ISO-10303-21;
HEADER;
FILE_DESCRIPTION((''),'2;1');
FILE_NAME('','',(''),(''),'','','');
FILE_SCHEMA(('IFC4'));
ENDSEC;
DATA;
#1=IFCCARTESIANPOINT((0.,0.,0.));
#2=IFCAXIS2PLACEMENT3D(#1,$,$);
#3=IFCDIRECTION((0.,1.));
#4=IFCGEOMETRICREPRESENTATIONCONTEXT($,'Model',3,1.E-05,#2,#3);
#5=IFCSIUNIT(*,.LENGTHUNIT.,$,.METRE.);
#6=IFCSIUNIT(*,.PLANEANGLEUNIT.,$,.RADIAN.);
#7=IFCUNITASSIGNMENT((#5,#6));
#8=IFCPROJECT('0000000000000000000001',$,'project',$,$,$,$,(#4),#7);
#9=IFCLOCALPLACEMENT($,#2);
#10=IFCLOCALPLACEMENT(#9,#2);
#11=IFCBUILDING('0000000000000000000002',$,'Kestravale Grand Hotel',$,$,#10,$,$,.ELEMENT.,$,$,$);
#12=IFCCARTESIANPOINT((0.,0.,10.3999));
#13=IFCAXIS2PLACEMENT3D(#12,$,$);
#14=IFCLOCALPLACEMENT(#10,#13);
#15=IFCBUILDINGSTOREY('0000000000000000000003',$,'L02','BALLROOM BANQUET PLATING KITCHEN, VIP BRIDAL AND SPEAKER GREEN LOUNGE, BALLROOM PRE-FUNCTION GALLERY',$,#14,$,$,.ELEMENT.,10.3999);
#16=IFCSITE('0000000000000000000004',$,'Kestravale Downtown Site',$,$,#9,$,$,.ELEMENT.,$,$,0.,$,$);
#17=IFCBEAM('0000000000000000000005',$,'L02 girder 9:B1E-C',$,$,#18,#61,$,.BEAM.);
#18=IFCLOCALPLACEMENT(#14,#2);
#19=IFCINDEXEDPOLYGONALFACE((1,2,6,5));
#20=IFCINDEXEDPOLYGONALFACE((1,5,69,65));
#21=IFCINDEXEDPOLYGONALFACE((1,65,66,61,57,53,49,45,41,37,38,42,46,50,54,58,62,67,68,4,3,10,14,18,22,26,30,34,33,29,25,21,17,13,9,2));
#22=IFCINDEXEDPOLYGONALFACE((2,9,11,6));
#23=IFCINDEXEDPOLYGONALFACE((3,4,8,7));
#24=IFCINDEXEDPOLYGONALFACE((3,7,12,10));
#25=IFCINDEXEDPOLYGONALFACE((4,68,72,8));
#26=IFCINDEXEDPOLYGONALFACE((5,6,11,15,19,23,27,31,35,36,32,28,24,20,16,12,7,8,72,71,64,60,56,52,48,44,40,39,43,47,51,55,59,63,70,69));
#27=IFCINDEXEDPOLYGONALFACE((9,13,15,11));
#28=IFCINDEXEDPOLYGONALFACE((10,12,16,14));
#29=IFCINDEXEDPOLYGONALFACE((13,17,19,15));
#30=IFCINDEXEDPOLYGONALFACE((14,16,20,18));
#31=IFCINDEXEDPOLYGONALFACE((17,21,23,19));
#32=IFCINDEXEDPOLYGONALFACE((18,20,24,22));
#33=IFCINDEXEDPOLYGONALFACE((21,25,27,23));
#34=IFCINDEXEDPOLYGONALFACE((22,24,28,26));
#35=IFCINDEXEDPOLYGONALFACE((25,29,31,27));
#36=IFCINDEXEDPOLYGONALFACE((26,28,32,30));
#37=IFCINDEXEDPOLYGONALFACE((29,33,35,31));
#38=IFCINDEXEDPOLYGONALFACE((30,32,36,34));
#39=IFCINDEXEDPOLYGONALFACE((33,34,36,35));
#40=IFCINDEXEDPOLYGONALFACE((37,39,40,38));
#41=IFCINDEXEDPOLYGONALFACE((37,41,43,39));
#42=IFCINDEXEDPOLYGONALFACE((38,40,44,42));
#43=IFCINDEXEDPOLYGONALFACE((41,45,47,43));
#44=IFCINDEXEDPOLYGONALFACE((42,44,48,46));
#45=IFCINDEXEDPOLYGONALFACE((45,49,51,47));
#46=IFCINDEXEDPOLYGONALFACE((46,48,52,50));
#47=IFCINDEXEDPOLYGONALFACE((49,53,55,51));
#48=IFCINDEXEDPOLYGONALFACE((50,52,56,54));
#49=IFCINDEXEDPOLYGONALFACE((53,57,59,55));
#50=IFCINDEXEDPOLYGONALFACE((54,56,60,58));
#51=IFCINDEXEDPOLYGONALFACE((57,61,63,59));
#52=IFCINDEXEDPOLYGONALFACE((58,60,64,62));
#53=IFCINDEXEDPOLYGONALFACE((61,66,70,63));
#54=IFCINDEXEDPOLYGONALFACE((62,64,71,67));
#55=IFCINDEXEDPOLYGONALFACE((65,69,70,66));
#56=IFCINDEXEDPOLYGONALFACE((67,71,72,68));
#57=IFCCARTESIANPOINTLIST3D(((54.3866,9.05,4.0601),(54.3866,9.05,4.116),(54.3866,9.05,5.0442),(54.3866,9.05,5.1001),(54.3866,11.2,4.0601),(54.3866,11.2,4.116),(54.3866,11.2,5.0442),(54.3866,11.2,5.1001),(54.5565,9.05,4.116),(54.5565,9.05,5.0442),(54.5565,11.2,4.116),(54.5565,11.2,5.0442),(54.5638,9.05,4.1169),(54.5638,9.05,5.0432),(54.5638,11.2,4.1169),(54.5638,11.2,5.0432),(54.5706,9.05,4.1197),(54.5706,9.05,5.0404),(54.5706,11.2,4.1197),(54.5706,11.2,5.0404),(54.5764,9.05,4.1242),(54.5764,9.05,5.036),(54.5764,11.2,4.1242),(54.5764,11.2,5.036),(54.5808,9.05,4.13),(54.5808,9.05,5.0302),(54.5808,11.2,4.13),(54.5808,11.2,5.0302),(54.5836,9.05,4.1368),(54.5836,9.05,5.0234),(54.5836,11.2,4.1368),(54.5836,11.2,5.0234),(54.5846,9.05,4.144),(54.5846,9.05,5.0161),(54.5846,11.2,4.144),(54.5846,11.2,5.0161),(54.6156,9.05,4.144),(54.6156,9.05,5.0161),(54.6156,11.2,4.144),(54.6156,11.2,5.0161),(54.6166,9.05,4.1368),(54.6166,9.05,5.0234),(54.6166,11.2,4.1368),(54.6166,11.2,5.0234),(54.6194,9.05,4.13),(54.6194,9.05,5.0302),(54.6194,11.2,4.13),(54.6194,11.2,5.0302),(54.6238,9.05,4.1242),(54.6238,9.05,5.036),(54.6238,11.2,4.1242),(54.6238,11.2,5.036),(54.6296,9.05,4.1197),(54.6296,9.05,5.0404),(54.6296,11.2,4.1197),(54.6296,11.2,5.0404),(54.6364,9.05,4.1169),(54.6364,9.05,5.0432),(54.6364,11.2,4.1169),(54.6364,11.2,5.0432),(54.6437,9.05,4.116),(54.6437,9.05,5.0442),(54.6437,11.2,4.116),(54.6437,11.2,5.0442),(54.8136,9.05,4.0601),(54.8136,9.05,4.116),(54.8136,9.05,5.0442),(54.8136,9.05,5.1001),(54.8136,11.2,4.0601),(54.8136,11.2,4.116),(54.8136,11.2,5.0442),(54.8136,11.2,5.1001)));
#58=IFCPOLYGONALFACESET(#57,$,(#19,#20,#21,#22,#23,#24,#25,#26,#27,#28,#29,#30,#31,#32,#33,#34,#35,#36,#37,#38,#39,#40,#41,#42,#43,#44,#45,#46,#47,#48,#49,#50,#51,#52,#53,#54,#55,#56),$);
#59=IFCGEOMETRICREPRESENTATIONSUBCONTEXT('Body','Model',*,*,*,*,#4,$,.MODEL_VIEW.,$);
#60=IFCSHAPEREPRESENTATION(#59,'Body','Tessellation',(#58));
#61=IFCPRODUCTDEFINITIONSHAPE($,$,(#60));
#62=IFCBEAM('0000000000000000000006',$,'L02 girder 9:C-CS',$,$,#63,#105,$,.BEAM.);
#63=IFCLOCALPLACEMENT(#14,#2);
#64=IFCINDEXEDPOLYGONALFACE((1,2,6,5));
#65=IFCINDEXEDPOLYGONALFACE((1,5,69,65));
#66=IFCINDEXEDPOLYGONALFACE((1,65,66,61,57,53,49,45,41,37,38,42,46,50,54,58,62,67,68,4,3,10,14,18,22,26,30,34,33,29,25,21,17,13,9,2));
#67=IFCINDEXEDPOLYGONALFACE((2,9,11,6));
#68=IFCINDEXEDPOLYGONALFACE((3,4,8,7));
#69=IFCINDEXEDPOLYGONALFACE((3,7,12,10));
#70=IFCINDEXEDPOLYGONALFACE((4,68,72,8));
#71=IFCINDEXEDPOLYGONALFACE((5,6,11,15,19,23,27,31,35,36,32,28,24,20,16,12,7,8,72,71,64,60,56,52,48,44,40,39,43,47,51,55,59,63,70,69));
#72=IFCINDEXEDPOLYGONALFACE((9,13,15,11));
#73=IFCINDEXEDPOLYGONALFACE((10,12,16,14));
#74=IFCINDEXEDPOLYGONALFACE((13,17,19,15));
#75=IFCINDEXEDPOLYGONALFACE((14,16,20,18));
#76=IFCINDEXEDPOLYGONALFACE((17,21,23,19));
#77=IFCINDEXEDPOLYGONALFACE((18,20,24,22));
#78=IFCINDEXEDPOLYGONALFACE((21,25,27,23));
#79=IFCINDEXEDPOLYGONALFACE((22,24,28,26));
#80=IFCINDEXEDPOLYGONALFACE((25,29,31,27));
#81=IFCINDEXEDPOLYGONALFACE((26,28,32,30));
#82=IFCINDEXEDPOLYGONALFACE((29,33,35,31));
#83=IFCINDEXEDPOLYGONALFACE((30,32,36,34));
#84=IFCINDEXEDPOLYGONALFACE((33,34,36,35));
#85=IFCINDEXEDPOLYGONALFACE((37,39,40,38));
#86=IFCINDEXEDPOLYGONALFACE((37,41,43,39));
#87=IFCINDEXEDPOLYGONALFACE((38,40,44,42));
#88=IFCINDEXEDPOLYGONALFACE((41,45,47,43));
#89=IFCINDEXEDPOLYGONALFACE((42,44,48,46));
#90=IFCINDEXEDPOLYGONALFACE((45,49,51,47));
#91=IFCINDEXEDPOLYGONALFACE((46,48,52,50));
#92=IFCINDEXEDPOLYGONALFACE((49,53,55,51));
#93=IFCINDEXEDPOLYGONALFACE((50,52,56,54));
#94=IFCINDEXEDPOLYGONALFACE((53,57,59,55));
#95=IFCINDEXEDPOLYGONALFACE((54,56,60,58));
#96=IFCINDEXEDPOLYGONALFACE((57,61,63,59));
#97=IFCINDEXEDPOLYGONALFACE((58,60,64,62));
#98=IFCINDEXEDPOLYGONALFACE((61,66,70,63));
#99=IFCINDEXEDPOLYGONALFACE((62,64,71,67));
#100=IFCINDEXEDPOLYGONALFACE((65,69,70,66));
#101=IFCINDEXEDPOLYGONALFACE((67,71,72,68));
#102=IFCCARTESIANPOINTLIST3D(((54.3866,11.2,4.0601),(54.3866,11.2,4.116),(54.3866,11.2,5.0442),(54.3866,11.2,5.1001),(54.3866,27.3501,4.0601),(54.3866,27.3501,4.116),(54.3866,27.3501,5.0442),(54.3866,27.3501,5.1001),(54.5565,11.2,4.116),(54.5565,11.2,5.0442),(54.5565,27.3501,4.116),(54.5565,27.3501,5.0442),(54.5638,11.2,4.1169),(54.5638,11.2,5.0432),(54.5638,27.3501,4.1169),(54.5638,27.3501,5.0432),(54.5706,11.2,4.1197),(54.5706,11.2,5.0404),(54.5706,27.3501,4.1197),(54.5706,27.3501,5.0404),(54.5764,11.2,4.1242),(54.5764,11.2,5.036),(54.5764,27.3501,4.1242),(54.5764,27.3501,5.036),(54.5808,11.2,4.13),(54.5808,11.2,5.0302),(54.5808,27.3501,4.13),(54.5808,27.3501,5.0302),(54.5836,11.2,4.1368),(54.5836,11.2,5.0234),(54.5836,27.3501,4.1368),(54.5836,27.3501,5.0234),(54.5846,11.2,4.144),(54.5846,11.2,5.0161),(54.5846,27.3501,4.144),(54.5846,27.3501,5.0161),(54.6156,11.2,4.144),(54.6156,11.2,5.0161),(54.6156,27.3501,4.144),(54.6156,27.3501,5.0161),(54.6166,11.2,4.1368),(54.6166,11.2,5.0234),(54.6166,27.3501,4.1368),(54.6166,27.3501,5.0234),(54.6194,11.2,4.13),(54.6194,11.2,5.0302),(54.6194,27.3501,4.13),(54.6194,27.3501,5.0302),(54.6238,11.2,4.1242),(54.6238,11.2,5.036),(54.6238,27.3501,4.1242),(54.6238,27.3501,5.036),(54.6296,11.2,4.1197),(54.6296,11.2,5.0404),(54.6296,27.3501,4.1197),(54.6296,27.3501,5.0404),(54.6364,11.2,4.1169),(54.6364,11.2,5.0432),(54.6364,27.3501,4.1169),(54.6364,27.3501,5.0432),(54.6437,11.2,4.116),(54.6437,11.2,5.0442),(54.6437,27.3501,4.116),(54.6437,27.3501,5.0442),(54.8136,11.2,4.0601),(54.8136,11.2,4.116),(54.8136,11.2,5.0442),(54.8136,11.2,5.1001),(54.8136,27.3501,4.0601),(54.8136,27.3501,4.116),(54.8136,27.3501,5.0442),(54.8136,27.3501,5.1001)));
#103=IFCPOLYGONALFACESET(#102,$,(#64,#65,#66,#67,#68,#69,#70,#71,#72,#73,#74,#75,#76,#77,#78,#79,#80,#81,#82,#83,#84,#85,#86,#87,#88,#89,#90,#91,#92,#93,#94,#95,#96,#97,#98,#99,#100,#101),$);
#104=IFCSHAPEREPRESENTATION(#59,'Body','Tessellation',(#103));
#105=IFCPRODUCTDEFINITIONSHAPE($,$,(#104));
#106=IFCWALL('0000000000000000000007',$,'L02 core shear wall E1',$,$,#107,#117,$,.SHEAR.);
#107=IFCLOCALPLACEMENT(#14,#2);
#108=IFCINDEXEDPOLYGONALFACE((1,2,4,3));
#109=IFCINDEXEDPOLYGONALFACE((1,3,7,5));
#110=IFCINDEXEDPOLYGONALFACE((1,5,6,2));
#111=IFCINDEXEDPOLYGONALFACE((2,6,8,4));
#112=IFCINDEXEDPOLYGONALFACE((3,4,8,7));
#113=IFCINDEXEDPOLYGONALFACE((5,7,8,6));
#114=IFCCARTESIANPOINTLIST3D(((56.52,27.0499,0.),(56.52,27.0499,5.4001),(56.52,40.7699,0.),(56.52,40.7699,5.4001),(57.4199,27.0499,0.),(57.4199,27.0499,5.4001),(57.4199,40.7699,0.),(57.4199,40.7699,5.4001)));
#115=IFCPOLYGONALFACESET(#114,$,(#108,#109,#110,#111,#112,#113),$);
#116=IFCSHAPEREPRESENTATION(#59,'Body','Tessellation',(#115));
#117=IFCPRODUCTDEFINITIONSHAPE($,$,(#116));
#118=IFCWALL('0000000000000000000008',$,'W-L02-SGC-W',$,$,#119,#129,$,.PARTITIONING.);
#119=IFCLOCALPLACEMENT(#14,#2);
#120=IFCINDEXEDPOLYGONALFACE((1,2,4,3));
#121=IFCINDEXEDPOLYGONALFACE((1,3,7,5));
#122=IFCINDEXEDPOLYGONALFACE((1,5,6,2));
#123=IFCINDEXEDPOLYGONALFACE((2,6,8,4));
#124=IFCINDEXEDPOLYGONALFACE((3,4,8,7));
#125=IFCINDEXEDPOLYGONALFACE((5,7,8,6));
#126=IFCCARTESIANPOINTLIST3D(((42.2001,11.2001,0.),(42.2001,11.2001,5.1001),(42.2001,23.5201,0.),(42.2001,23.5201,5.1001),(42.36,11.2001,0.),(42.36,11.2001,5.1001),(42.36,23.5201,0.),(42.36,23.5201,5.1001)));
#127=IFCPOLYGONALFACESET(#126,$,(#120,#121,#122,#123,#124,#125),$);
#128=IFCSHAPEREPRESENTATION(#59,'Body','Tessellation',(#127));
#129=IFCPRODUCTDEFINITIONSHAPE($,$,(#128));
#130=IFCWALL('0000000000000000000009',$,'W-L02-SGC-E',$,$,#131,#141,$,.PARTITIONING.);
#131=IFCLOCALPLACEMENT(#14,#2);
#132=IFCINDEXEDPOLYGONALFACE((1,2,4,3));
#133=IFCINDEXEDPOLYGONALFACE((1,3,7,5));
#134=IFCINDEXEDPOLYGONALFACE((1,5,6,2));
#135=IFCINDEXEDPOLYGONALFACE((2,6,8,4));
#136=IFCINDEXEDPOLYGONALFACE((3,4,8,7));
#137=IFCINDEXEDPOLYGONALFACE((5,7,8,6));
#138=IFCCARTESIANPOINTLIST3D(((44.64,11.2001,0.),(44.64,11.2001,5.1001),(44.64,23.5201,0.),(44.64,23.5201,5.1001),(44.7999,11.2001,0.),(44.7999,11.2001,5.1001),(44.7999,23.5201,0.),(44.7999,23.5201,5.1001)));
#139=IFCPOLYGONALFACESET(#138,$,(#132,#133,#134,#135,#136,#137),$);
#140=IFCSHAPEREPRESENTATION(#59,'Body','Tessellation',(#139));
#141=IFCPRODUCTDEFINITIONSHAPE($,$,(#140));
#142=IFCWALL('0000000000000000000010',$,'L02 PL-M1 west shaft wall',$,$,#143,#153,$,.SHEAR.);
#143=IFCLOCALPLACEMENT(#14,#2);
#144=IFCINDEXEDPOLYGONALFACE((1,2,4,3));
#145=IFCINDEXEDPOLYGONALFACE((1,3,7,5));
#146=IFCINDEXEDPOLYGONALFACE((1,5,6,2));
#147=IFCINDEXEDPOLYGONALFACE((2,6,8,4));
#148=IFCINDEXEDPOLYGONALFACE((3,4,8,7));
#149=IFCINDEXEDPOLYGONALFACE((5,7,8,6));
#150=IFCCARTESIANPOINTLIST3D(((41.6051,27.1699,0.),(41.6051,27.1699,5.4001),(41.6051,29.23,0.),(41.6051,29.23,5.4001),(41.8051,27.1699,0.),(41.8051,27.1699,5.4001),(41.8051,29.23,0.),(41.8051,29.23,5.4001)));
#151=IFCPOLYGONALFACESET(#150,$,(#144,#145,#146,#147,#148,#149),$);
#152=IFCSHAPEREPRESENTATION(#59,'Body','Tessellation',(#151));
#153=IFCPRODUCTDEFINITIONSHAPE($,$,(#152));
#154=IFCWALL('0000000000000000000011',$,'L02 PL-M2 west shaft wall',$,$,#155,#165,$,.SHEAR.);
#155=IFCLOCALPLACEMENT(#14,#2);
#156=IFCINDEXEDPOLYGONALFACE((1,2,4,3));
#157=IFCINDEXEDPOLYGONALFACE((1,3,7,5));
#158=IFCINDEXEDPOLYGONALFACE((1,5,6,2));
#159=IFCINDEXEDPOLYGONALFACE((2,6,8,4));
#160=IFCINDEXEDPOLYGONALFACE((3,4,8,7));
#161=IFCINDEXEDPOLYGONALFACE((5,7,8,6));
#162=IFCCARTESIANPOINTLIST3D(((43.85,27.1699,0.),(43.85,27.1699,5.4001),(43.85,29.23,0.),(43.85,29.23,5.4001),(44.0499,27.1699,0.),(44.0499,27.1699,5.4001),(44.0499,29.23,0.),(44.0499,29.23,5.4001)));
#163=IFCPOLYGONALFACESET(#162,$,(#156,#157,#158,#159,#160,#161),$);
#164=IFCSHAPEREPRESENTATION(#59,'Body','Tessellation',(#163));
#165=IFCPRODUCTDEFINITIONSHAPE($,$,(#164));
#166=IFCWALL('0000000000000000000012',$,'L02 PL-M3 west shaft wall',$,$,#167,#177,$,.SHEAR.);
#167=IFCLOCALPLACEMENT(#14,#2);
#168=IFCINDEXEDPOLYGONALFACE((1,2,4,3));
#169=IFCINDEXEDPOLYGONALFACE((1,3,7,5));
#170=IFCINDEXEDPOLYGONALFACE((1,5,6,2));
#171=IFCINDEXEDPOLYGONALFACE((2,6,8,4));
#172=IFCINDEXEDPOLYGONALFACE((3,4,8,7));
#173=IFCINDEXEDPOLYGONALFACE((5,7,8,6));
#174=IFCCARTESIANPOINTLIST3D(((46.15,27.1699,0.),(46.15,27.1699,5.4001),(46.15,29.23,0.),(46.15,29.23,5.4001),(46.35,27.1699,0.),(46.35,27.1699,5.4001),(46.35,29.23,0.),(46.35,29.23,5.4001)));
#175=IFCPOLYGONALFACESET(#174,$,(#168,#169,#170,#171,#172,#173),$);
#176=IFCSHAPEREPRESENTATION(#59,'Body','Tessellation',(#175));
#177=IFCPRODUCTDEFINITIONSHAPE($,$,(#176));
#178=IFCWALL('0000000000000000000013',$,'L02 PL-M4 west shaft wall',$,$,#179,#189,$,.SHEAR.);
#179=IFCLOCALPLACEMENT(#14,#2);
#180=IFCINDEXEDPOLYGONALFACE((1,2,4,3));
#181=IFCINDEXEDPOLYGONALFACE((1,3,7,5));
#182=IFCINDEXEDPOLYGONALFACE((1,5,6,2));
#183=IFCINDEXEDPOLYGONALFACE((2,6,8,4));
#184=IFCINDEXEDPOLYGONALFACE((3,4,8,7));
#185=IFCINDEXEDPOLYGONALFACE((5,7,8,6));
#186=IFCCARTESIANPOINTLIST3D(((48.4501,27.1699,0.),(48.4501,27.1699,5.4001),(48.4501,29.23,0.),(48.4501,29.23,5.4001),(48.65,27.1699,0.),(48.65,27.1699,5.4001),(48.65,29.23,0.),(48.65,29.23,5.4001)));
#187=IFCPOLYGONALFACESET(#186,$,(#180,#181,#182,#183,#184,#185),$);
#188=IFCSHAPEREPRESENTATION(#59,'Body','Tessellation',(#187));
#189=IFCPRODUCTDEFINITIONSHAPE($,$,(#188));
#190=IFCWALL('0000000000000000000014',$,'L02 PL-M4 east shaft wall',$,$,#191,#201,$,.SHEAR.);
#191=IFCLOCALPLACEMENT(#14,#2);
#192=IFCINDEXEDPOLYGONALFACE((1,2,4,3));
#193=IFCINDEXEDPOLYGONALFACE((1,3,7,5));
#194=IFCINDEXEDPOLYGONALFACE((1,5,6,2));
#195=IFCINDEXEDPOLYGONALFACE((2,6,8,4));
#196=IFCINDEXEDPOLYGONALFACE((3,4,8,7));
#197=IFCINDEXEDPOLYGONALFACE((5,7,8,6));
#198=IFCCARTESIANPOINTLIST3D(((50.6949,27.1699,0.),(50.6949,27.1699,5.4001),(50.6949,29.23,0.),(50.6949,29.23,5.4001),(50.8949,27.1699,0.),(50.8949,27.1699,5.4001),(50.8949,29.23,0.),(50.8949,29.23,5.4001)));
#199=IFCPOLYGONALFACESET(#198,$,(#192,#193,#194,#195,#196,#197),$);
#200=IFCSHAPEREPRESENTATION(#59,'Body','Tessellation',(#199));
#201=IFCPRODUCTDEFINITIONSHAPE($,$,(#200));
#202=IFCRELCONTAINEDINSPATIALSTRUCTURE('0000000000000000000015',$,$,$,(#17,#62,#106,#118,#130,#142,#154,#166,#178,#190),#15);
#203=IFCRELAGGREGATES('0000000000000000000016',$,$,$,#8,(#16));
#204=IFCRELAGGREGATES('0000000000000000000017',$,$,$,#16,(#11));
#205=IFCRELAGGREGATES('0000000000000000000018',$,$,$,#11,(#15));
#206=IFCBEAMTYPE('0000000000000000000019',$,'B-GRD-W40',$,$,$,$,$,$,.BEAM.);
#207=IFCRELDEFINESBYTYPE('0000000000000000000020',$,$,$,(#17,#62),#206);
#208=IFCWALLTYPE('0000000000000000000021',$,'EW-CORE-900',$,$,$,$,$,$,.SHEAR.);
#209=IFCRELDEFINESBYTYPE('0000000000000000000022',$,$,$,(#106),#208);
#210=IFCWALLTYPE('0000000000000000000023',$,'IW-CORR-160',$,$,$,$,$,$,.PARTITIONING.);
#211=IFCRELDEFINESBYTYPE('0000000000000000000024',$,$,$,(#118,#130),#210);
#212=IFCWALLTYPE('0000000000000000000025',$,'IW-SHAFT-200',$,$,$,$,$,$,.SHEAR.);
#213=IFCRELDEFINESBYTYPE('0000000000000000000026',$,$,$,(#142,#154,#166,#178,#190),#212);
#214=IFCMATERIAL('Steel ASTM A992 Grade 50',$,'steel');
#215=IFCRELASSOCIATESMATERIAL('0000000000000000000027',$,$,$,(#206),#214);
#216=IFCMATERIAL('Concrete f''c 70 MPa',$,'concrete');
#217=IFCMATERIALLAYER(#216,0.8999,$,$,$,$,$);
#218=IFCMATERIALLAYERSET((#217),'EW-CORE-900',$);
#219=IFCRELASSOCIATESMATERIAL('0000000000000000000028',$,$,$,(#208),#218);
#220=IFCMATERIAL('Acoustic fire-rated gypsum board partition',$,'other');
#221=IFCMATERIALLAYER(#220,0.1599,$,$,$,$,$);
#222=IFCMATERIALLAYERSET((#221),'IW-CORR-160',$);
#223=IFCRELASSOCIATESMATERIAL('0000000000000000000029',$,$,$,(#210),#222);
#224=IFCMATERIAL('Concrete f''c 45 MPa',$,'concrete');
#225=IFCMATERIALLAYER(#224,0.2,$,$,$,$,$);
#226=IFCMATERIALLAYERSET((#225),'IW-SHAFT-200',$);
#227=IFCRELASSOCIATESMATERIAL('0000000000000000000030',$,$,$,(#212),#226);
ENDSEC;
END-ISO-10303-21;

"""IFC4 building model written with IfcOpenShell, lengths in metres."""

from ifc_helpers import new_model, si_unit, direction, frame, frame_2d, origin, origin_2d, place, context, subcontext, project, spatial, rectangle, i_section, extrude, material, layer, layer_set, material_profile, profile_set, type_object, element, save


model = new_model("IFC4")

# Units and contexts
model_context = context("Model", 3, precision=1e-05, world=origin(), true_north=direction((0.0, 1.0)))
body_context = subcontext(model_context, "Body", "Model", "MODEL_VIEW")
ifc_project = project(units=[si_unit("LENGTHUNIT", "METRE"), si_unit("PLANEANGLEUNIT", "RADIAN")], contexts=[model_context])

# Site, building, storey
site_placement = place(None, origin())
site = spatial("IfcSite", under=ifc_project, at=site_placement, Name="Kestravale Downtown Site", CompositionType="ELEMENT", RefElevation=0.0)
building_placement = place(site_placement, origin())
building = spatial("IfcBuilding", under=site, at=building_placement, Name="Kestravale Grand Hotel", CompositionType="ELEMENT")
storey_placement = place(building_placement, frame((0.0, 0.0, 10.3999)))
storey = spatial("IfcBuildingStorey", under=building, at=storey_placement, Name="L02", Description="BALLROOM BANQUET PLATING KITCHEN, VIP BRIDAL AND SPEAKER GREEN LOUNGE, BALLROOM PRE-FUNCTION GALLERY", CompositionType="ELEMENT", Elevation=10.3999)

# Beams
ifc_material_1 = material(Name="Steel ASTM A992 Grade 50", Category="steel")
ifc_material_profile_1 = material_profile(ifc_material_1, i_section(OverallWidth=0.427, OverallDepth=1.04, WebThickness=0.031, FlangeThickness=0.0559, FilletRadius=0.0281, at=origin_2d()))
ifc_profile_set_1 = profile_set([ifc_material_profile_1], Name="Steel ASTM A992 Grade 50")
beam_type = type_object("IfcBeamType", Name="B-GRD-W40", PredefinedType="BEAM", material=ifc_profile_set_1)
beam_1_placement = place(storey_placement, frame((54.6001, 9.05, 4.5801), z_axis=(0.0, 1.0, 0.0), x_axis=(-1.0, 0.0, 0.0)))
element("IfcBeam", 1, at=beam_1_placement, inside=storey, type_object=beam_type, Name="L02 girder 9:B1E-C", PredefinedType="BEAM", context=body_context, shape_type="SweptSolid", body=[
    extrude(i_section(OverallWidth=0.427, OverallDepth=1.04, WebThickness=0.031, FlangeThickness=0.0559, FilletRadius=0.0281, at=origin_2d()), origin(), (0.0, 0.0, 1.0), 2.1499),
])
beam_2_placement = place(storey_placement, frame((54.6001, 11.2, 4.5801), z_axis=(0.0, 1.0, 0.0), x_axis=(-1.0, 0.0, 0.0)))
element("IfcBeam", 2, at=beam_2_placement, inside=storey, type_object=beam_type, Name="L02 girder 9:C-CS", PredefinedType="BEAM", context=body_context, shape_type="SweptSolid", body=[
    extrude(i_section(OverallWidth=0.427, OverallDepth=1.04, WebThickness=0.031, FlangeThickness=0.0559, FilletRadius=0.0281, at=origin_2d()), origin(), (0.0, 0.0, 1.0), 16.1501),
])

# Walls
ifc_material_2 = material(Name="Concrete f'c 70 MPa", Category="concrete")
ifc_layer_1 = layer(ifc_material_2, 0.8999)
ifc_layer_set_1 = layer_set([ifc_layer_1], Name="EW-CORE-900")
wall_type_1 = type_object("IfcWallType", Name="EW-CORE-900", PredefinedType="SHEAR", material=ifc_layer_set_1)
wall_1_placement = place(storey_placement, frame((56.97, 27.05, 0.0), z_axis=(0.0, 0.0, 1.0), x_axis=(0.0, 1.0, 0.0)))
element("IfcWall", 3, at=wall_1_placement, inside=storey, type_object=wall_type_1, Name="L02 core shear wall E1", PredefinedType="SHEAR", context=body_context, shape_type="SweptSolid", body=[
    extrude(rectangle(XDim=13.72, YDim=0.8999, at=frame_2d((6.8599, 0.0))), origin(), (0.0, 0.0, 1.0), 5.4001),
])
ifc_material_3 = material(Name="Acoustic fire-rated gypsum board partition", Category="other")
ifc_layer_2 = layer(ifc_material_3, 0.1599)
ifc_layer_set_2 = layer_set([ifc_layer_2], Name="IW-CORR-160")
wall_type_2 = type_object("IfcWallType", Name="IW-CORR-160", PredefinedType="PARTITIONING", material=ifc_layer_set_2)
for number, where, z_axis, x_axis, name in (
    (4, (42.28, 11.2, 0.0), (0.0, 0.0, 1.0), (0.0, 1.0, 0.0), "W-L02-SGC-W"),
    (5, (44.72, 11.2, 0.0), (0.0, 0.0, 1.0), (0.0, 1.0, 0.0), "W-L02-SGC-E"),
):
    element("IfcWall", number, at=place(storey_placement, frame(where, z_axis=z_axis, x_axis=x_axis)), inside=storey, type_object=wall_type_2, Name=name, PredefinedType="PARTITIONING", context=body_context, shape_type="SweptSolid", body=[
        extrude(rectangle(XDim=12.3201, YDim=0.1599, at=frame_2d((6.1602, 0.0))), origin(), (0.0, 0.0, 1.0), 5.1001),
    ])
ifc_material_4 = material(Name="Concrete f'c 45 MPa", Category="concrete")
ifc_layer_3 = layer(ifc_material_4, 0.2)
ifc_layer_set_3 = layer_set([ifc_layer_3], Name="IW-SHAFT-200")
wall_type_3 = type_object("IfcWallType", Name="IW-SHAFT-200", PredefinedType="SHEAR", material=ifc_layer_set_3)
for number, where, z_axis, x_axis, name in (
    (6, (41.7051, 27.1699, 0.0), (0.0, 0.0, 1.0), (0.0, 1.0, 0.0), "L02 PL-M1 west shaft wall"),
    (7, (43.95, 27.1699, 0.0), (0.0, 0.0, 1.0), (0.0, 1.0, 0.0), "L02 PL-M2 west shaft wall"),
    (8, (46.25, 27.1699, 0.0), (0.0, 0.0, 1.0), (0.0, 1.0, 0.0), "L02 PL-M3 west shaft wall"),
    (9, (48.55, 27.1699, 0.0), (0.0, 0.0, 1.0), (0.0, 1.0, 0.0), "L02 PL-M4 west shaft wall"),
    (10, (50.7949, 27.1699, 0.0), (0.0, 0.0, 1.0), (0.0, 1.0, 0.0), "L02 PL-M4 east shaft wall"),
):
    element("IfcWall", number, at=place(storey_placement, frame(where, z_axis=z_axis, x_axis=x_axis)), inside=storey, type_object=wall_type_3, Name=name, PredefinedType="SHEAR", context=body_context, shape_type="SweptSolid", body=[
        extrude(rectangle(XDim=2.0601, YDim=0.2, at=frame_2d((1.03, 0.0))), origin(), (0.0, 0.0, 1.0), 5.4001),
    ])

save(model, "model.ifc")
